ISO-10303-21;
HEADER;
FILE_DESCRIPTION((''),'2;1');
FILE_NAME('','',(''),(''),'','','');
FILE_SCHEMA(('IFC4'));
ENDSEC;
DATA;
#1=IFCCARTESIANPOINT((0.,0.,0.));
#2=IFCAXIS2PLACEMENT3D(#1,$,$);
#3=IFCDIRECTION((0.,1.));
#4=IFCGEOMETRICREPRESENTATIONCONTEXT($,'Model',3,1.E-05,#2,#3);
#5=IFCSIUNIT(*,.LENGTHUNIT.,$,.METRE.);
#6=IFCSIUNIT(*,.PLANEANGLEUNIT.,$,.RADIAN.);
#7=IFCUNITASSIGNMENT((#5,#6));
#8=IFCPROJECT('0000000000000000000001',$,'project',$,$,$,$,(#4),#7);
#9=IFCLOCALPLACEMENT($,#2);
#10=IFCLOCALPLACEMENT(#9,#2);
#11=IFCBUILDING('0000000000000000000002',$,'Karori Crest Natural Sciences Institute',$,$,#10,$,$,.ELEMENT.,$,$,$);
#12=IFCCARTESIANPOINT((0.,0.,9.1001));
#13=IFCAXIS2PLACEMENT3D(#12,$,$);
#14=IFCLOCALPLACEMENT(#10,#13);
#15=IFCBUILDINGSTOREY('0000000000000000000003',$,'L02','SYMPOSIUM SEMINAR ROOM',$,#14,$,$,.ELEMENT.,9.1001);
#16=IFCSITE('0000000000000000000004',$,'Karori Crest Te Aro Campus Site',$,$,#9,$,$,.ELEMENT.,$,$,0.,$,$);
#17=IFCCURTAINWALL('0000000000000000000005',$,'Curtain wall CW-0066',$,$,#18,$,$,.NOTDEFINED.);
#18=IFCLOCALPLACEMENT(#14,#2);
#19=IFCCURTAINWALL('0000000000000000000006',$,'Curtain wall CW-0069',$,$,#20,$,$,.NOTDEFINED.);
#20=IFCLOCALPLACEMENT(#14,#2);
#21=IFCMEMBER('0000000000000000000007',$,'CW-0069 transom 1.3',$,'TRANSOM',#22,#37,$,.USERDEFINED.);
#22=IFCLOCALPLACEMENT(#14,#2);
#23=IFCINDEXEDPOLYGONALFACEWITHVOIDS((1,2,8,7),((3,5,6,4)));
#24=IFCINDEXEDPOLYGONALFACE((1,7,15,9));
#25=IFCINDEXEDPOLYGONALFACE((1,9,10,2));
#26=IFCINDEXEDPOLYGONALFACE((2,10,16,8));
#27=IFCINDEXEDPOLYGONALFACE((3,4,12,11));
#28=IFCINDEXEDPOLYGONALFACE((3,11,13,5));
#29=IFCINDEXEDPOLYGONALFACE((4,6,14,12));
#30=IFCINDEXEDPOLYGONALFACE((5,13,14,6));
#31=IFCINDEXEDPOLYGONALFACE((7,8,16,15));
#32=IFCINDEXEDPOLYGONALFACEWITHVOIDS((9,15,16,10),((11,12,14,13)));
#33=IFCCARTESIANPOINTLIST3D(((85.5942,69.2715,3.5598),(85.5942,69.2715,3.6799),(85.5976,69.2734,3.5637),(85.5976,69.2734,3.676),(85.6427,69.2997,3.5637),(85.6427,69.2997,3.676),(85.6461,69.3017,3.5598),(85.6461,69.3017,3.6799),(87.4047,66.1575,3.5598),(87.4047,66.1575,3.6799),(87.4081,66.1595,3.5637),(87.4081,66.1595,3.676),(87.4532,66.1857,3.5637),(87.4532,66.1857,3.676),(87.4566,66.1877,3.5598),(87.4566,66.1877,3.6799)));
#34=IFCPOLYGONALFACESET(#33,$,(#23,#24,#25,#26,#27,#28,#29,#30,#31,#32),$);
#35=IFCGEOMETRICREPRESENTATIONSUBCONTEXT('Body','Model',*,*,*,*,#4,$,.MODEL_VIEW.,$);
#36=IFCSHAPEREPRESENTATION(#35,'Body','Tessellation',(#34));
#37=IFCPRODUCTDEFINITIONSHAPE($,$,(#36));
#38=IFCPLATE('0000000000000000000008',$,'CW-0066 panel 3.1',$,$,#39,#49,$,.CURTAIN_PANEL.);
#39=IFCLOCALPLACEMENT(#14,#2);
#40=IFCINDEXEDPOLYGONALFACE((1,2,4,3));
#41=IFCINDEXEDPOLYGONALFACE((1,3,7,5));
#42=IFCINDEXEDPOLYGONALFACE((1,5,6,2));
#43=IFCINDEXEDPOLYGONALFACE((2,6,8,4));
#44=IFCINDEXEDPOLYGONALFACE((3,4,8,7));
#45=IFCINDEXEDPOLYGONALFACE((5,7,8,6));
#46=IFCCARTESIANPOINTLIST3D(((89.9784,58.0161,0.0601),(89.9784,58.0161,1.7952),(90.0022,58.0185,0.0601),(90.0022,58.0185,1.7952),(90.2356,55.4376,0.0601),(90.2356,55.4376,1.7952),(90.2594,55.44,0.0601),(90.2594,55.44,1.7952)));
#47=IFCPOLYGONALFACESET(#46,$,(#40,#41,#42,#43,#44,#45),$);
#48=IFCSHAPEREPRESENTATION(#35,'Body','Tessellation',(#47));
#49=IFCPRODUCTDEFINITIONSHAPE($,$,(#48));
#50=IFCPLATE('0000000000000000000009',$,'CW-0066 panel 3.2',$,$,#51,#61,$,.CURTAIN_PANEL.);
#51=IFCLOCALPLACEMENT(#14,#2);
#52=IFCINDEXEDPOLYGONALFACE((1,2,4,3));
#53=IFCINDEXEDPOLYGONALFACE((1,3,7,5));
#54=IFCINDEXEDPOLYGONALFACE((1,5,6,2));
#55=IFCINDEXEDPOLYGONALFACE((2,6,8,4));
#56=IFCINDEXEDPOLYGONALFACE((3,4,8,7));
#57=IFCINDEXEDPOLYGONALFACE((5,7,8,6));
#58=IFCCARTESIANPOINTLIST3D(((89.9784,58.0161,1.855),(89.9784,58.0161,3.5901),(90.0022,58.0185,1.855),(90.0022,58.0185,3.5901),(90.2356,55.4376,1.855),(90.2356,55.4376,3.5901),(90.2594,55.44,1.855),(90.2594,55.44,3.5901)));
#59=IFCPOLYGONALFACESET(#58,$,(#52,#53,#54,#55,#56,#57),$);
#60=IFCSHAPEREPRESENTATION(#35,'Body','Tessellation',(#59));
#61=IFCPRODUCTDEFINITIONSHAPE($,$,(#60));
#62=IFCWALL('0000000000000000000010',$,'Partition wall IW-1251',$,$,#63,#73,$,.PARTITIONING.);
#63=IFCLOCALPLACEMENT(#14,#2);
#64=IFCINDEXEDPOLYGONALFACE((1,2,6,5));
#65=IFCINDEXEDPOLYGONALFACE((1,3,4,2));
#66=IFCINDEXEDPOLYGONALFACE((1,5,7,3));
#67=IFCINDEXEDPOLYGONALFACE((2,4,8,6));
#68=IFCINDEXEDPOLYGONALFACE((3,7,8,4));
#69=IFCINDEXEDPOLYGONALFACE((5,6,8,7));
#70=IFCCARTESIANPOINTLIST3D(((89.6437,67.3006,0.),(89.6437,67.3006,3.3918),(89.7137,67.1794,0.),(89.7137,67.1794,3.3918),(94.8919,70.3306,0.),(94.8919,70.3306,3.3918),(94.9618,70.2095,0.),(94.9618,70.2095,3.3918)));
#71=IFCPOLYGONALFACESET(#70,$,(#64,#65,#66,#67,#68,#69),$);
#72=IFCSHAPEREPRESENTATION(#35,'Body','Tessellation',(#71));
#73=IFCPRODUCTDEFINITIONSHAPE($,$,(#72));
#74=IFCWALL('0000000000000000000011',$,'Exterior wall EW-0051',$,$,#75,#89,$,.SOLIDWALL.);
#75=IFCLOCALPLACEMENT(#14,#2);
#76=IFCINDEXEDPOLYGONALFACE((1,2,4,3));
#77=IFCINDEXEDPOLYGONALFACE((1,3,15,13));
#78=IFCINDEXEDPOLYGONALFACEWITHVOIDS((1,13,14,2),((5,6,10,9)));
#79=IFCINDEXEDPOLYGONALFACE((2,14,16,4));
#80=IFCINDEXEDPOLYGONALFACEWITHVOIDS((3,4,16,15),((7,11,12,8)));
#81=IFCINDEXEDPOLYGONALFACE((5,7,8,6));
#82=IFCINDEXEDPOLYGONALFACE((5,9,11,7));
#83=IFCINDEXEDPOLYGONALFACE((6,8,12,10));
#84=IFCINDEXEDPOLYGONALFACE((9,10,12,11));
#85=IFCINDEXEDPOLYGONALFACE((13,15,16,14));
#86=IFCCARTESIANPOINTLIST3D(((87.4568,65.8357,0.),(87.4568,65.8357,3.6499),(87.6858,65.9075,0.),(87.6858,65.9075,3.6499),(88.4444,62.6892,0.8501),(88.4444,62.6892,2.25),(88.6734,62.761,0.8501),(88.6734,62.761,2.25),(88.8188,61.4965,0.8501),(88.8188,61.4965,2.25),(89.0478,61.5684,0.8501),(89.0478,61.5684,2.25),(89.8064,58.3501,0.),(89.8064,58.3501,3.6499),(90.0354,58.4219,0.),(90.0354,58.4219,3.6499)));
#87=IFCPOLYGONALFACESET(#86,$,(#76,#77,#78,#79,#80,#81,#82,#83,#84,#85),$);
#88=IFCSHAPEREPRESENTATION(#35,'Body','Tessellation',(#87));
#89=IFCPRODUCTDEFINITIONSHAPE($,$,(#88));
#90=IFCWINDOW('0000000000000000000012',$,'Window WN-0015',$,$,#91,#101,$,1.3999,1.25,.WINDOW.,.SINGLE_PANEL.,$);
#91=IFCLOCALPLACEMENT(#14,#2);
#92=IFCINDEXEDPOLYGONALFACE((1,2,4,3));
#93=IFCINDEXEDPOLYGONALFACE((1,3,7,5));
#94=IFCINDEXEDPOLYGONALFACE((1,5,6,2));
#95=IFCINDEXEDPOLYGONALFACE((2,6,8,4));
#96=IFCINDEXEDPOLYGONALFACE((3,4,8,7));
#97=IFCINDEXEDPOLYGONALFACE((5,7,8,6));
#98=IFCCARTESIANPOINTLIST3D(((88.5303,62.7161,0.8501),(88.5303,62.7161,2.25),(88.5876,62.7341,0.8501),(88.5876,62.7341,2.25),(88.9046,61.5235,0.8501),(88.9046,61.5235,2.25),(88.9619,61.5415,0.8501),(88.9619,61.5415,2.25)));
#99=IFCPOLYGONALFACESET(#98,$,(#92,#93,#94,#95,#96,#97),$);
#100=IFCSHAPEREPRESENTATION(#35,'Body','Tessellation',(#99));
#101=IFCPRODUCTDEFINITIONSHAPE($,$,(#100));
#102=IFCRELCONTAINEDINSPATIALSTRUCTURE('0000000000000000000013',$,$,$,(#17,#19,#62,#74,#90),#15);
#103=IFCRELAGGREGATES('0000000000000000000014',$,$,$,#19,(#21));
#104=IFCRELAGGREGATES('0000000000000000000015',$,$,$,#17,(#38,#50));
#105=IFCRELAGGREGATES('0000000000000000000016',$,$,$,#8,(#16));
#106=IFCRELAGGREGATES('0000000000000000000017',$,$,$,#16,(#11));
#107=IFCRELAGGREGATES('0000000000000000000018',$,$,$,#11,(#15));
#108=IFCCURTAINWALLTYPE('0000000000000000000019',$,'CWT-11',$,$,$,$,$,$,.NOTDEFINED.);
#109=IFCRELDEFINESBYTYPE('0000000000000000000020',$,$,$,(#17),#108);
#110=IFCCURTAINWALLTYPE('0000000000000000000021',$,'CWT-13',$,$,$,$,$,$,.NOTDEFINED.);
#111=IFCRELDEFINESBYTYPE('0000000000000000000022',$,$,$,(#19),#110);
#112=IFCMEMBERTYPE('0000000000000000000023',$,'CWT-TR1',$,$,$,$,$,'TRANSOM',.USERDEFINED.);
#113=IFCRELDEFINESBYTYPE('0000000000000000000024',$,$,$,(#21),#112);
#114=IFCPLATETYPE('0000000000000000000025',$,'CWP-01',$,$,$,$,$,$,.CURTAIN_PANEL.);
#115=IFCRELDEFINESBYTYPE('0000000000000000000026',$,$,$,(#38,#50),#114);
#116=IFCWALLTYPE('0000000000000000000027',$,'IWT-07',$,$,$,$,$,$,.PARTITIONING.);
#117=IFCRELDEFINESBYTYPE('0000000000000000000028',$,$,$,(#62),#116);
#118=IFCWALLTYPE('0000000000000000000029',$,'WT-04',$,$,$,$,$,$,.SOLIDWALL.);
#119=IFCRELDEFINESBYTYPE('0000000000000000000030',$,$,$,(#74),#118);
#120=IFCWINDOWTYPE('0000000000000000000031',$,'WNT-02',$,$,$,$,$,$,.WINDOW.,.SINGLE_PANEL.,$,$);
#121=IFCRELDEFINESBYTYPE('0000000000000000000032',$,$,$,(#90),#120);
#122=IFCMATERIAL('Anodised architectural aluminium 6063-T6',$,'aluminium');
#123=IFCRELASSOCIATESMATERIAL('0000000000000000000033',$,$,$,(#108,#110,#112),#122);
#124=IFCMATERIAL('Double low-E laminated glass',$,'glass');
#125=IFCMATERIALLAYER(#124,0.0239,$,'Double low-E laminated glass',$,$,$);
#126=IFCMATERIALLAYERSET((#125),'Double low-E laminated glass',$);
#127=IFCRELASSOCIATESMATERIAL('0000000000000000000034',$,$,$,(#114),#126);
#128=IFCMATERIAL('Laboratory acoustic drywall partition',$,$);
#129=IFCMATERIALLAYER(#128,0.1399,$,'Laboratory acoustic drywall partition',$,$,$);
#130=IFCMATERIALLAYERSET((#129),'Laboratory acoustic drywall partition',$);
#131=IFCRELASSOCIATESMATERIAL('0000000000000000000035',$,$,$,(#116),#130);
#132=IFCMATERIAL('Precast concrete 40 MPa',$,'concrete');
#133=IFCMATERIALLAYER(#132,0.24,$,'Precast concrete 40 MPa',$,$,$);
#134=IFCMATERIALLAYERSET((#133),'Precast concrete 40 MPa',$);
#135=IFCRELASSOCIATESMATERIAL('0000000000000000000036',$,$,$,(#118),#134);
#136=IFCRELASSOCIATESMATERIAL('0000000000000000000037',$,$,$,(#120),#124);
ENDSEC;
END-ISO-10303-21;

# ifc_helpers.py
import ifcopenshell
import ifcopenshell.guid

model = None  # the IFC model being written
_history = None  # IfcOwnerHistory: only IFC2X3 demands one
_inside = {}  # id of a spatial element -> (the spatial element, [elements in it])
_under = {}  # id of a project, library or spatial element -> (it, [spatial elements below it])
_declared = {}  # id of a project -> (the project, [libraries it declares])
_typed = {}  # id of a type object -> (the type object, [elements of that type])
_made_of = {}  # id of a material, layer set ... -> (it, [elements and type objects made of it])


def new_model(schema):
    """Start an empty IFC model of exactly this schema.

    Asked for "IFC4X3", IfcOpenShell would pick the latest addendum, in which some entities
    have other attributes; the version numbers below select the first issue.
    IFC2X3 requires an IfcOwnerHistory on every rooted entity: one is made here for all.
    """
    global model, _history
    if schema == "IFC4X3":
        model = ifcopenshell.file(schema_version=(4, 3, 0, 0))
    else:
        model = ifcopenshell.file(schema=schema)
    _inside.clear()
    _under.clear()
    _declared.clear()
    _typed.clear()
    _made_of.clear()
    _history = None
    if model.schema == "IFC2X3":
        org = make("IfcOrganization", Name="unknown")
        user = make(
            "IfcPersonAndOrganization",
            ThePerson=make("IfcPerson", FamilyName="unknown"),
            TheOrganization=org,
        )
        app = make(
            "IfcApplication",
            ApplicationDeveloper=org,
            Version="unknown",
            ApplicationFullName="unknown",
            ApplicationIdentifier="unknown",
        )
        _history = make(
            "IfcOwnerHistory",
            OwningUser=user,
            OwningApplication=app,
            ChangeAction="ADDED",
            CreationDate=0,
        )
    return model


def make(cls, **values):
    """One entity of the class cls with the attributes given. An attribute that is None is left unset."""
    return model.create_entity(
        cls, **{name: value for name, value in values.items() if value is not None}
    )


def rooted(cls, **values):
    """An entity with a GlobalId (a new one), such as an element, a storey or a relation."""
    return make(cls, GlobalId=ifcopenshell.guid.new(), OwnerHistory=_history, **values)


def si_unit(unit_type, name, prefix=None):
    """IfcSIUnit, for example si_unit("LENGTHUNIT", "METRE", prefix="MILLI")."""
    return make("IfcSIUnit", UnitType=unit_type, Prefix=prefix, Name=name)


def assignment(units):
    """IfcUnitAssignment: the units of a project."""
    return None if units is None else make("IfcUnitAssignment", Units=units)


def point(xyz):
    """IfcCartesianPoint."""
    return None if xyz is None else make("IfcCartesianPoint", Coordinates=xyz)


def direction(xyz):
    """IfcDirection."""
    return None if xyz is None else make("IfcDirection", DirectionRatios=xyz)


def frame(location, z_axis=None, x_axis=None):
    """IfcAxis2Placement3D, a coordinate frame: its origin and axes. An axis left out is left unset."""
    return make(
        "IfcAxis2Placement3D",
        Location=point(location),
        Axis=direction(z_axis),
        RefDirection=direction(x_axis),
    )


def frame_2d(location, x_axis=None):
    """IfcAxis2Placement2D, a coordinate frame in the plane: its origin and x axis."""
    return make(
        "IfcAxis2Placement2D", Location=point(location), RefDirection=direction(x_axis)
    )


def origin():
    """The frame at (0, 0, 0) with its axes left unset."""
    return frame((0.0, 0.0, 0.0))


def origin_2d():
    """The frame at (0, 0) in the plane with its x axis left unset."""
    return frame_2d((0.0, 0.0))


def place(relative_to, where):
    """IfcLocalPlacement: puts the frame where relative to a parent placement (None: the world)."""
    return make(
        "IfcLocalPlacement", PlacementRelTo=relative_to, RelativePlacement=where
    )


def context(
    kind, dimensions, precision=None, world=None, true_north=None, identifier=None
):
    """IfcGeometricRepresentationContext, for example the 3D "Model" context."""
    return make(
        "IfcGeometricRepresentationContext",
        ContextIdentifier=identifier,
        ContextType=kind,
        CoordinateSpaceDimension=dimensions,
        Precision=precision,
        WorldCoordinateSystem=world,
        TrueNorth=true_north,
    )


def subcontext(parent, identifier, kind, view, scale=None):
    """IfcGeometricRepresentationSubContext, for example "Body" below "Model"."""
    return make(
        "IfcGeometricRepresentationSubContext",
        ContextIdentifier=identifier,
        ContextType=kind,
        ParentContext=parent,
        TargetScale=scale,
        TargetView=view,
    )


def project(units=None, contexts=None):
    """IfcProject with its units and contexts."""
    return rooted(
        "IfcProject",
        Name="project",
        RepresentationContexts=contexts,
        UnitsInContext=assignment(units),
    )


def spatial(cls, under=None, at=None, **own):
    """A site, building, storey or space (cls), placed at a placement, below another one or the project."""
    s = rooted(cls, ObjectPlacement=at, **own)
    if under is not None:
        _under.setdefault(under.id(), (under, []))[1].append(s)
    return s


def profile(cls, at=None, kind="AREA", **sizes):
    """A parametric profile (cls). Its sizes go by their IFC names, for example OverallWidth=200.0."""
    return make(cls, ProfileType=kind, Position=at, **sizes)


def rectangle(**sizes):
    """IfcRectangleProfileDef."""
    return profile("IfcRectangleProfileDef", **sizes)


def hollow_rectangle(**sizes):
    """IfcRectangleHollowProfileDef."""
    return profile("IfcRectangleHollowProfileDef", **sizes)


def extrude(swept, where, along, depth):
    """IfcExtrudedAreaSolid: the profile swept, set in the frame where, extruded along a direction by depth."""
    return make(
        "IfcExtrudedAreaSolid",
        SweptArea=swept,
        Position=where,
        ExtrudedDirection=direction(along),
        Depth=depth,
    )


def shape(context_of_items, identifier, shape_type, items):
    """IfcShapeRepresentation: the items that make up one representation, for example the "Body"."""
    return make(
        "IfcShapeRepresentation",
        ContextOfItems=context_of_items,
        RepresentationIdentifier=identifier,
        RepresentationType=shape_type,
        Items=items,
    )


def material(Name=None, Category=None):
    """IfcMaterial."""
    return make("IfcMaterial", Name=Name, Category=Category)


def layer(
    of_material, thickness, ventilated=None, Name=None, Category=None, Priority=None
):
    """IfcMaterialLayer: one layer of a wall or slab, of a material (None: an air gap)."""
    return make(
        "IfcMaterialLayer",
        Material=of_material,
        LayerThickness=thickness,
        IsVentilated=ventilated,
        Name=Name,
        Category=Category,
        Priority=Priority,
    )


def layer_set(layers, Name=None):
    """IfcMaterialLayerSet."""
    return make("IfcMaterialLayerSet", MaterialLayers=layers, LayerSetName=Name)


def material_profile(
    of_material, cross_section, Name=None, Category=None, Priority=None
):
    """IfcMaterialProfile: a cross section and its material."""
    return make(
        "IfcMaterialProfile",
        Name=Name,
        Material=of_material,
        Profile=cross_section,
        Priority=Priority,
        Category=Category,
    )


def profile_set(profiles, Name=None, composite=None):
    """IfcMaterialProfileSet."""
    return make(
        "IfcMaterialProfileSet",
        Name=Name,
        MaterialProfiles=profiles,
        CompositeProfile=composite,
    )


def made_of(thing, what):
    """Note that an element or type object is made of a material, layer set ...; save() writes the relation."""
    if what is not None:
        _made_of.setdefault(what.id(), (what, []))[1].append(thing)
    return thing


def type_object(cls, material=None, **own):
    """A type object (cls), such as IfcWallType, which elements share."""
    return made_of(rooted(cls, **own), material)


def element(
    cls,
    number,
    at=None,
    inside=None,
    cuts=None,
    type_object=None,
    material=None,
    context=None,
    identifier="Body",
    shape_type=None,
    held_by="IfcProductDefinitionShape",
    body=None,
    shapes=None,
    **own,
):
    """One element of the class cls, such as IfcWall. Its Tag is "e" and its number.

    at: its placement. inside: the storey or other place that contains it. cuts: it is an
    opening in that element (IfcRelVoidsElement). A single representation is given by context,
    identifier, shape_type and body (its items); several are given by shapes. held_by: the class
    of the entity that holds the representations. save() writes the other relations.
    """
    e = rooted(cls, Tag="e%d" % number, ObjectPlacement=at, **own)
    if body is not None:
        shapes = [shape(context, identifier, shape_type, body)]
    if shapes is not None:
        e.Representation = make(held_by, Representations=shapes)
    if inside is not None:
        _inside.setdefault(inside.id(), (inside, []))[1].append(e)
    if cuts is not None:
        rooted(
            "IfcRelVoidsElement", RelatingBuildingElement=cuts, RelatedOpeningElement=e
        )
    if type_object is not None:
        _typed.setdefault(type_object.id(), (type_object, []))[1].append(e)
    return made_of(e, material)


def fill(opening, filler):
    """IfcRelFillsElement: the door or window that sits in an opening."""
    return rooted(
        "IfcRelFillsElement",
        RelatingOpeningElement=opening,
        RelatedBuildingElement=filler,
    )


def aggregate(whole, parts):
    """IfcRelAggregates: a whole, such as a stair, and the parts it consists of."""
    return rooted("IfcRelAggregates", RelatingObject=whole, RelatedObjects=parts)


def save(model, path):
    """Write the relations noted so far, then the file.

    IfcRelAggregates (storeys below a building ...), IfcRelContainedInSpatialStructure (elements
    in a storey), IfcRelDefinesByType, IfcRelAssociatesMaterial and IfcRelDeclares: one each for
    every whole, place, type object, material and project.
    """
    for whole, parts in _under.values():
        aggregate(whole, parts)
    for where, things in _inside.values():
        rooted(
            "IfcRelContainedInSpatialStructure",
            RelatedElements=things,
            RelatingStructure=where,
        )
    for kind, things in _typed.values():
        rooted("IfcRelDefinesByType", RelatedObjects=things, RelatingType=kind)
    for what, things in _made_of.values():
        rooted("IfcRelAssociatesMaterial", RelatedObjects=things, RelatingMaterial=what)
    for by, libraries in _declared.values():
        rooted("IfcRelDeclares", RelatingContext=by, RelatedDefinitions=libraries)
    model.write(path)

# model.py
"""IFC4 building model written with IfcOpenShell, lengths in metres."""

from ifc_helpers import new_model, si_unit, direction, frame, frame_2d, origin, origin_2d, place, context, subcontext, project, spatial, rectangle, hollow_rectangle, extrude, material, layer, layer_set, material_profile, profile_set, type_object, element, fill, aggregate, save


model = new_model("IFC4")

# Units and contexts
model_context = context("Model", 3, precision=1e-05, world=origin(), true_north=direction((0.0, 1.0)))
body_context = subcontext(model_context, "Body", "Model", "MODEL_VIEW")
ifc_project = project(units=[si_unit("LENGTHUNIT", "METRE"), si_unit("PLANEANGLEUNIT", "RADIAN")], contexts=[model_context])

# Site, building, storey
site_placement = place(None, origin())
site = spatial("IfcSite", under=ifc_project, at=site_placement, Name="Karori Crest Te Aro Campus Site", CompositionType="ELEMENT", RefElevation=0.0)
building_placement = place(site_placement, origin())
building = spatial("IfcBuilding", under=site, at=building_placement, Name="Karori Crest Natural Sciences Institute", CompositionType="ELEMENT")
storey_placement = place(building_placement, frame((0.0, 0.0, 9.1001)))
storey = spatial("IfcBuildingStorey", under=building, at=storey_placement, Name="L02", Description="SYMPOSIUM SEMINAR ROOM", CompositionType="ELEMENT", Elevation=9.1001)

# Curtain wall
ifc_material_1 = material(Name="Anodised architectural aluminium 6063-T6", Category="aluminium")
curtain_wall_type_1 = type_object("IfcCurtainWallType", Name="CWT-11", PredefinedType="NOTDEFINED", material=ifc_material_1)
curtain_wall_1_placement = place(storey_placement, origin())
curtain_wall_1 = element("IfcCurtainWall", 1, at=curtain_wall_1_placement, inside=storey, type_object=curtain_wall_type_1, Name="Curtain wall CW-0066", PredefinedType="NOTDEFINED")

# Curtain wall
curtain_wall_type_2 = type_object("IfcCurtainWallType", Name="CWT-13", PredefinedType="NOTDEFINED", material=ifc_material_1)
curtain_wall_2_placement = place(storey_placement, origin())
curtain_wall_2 = element("IfcCurtainWall", 2, at=curtain_wall_2_placement, inside=storey, type_object=curtain_wall_type_2, Name="Curtain wall CW-0069", PredefinedType="NOTDEFINED")

# Member
ifc_material_profile_1 = material_profile(ifc_material_1, hollow_rectangle(XDim=0.0601, YDim=0.1201, WallThickness=0.0039, at=origin_2d()), Name="CWT120x60x4")
ifc_profile_set_1 = profile_set([ifc_material_profile_1], Name="Anodised architectural aluminium 6063-T6")
member_type_1 = type_object("IfcMemberType", Name="CWT-TR1", ElementType="TRANSOM", PredefinedType="USERDEFINED", material=ifc_profile_set_1)
member_1_placement = place(storey_placement, frame((87.4307, 66.1726, 3.6199), z_axis=(-0.502636, 0.864498, 0.0), x_axis=(-0.864498, -0.502636, 0.0)))
member_1 = element("IfcMember", 3, at=member_1_placement, type_object=member_type_1, Name="CW-0069 transom 1.3", ObjectType="TRANSOM", PredefinedType="USERDEFINED", context=body_context, shape_type="SweptSolid", body=[
    extrude(hollow_rectangle(XDim=0.0601, YDim=0.1201, WallThickness=0.0039, at=origin_2d()), origin(), (0.0, 0.0, 1.0), 3.6021),
])
aggregate(curtain_wall_2, [member_1])

# Plates
ifc_material_2 = material(Name="Double low-E laminated glass", Category="glass")
ifc_layer_1 = layer(ifc_material_2, 0.0239, Name="Double low-E laminated glass")
ifc_layer_set_1 = layer_set([ifc_layer_1], Name="Double low-E laminated glass")
plate_type = type_object("IfcPlateType", Name="CWP-01", PredefinedType="CURTAIN_PANEL", material=ifc_layer_set_1)
plate_1_placement = place(storey_placement, frame((90.1189, 56.728, 0.0601), z_axis=(0.0, 0.0, 1.0), x_axis=(-0.099264, 0.995061, 0.0)))
plate_1 = element("IfcPlate", 4, at=plate_1_placement, type_object=plate_type, Name="CW-0066 panel 3.1", PredefinedType="CURTAIN_PANEL", context=body_context, shape_type="SweptSolid", body=[
    extrude(rectangle(XDim=2.5913, YDim=0.0239, at=origin_2d()), origin(), (0.0, 0.0, 1.0), 1.7351),
])
plate_2_placement = place(storey_placement, frame((90.1189, 56.728, 1.855), z_axis=(0.0, 0.0, 1.0), x_axis=(-0.099264, 0.995061, 0.0)))
plate_2 = element("IfcPlate", 5, at=plate_2_placement, type_object=plate_type, Name="CW-0066 panel 3.2", PredefinedType="CURTAIN_PANEL", context=body_context, shape_type="SweptSolid", body=[
    extrude(rectangle(XDim=2.5913, YDim=0.0239, at=origin_2d()), origin(), (0.0, 0.0, 1.0), 1.7351),
])
aggregate(curtain_wall_1, [plate_1, plate_2])

# Wall
ifc_material_3 = material(Name="Laboratory acoustic drywall partition")
ifc_layer_2 = layer(ifc_material_3, 0.1399, Name="Laboratory acoustic drywall partition")
ifc_layer_set_2 = layer_set([ifc_layer_2], Name="Laboratory acoustic drywall partition")
wall_type_1 = type_object("IfcWallType", Name="IWT-07", PredefinedType="PARTITIONING", material=ifc_layer_set_2)
wall_1_placement = place(storey_placement, frame((89.6787, 67.24, 0.0), z_axis=(0.0, 0.0, 1.0), x_axis=(0.866021, 0.500008, 0.0)))
element("IfcWall", 6, at=wall_1_placement, inside=storey, type_object=wall_type_1, Name="Partition wall IW-1251", PredefinedType="PARTITIONING", context=body_context, shape_type="SweptSolid", body=[
    extrude(rectangle(XDim=6.0601, YDim=0.1399, at=frame_2d((3.03, 0.0))), origin(), (0.0, 0.0, 1.0), 3.3918),
])

# Wall, opening, window
ifc_material_4 = material(Name="Precast concrete 40 MPa", Category="concrete")
ifc_layer_3 = layer(ifc_material_4, 0.24, Name="Precast concrete 40 MPa")
ifc_layer_set_3 = layer_set([ifc_layer_3], Name="Precast concrete 40 MPa")
wall_type_2 = type_object("IfcWallType", Name="WT-04", PredefinedType="SOLIDWALL", material=ifc_layer_set_3)
wall_2_placement = place(storey_placement, frame((89.9209, 58.386, 0.0), z_axis=(0.0, 0.0, 1.0), x_axis=(-0.299478, 0.954103, 0.0)))
wall_2 = element("IfcWall", 7, at=wall_2_placement, inside=storey, type_object=wall_type_2, Name="Exterior wall EW-0051", PredefinedType="SOLIDWALL", context=body_context, shape_type="SweptSolid", body=[
    extrude(rectangle(XDim=7.8457, YDim=0.24, at=frame_2d((3.9229, 0.0))), origin(), (0.0, 0.0, 1.0), 3.6499),
])
opening_placement = place(wall_2_placement, frame((3.2979, 0.0, 0.8501)))
opening = element("IfcOpeningElement", 8, at=opening_placement, cuts=wall_2, PredefinedType="OPENING", context=body_context, shape_type="SweptSolid", body=[
    extrude(rectangle(XDim=1.25, YDim=1.3999, at=frame_2d((0.625, 0.7))), frame((0.0, 0.1299, 0.0), z_axis=(0.0, -1.0, 0.0), x_axis=(1.0, 0.0, 0.0)), (0.0, 0.0, 1.0), 0.26),
])
window_type = type_object("IfcWindowType", Name="WNT-02", PartitioningType="SINGLE_PANEL", PredefinedType="WINDOW", material=ifc_material_2)
window_placement = place(opening_placement, origin())
window = element("IfcWindow", 9, at=window_placement, inside=storey, type_object=window_type, Name="Window WN-0015", OverallHeight=1.3999, OverallWidth=1.25, PartitioningType="SINGLE_PANEL", PredefinedType="WINDOW", context=body_context, shape_type="SweptSolid", body=[
    extrude(rectangle(XDim=1.25, YDim=1.3999, at=frame_2d((0.625, 0.7))), frame((0.0, 0.03, 0.0), z_axis=(0.0, -1.0, 0.0), x_axis=(1.0, 0.0, 0.0)), (0.0, 0.0, 1.0), 0.0601),
])
fill(opening, window)

save(model, "model.ifc")
